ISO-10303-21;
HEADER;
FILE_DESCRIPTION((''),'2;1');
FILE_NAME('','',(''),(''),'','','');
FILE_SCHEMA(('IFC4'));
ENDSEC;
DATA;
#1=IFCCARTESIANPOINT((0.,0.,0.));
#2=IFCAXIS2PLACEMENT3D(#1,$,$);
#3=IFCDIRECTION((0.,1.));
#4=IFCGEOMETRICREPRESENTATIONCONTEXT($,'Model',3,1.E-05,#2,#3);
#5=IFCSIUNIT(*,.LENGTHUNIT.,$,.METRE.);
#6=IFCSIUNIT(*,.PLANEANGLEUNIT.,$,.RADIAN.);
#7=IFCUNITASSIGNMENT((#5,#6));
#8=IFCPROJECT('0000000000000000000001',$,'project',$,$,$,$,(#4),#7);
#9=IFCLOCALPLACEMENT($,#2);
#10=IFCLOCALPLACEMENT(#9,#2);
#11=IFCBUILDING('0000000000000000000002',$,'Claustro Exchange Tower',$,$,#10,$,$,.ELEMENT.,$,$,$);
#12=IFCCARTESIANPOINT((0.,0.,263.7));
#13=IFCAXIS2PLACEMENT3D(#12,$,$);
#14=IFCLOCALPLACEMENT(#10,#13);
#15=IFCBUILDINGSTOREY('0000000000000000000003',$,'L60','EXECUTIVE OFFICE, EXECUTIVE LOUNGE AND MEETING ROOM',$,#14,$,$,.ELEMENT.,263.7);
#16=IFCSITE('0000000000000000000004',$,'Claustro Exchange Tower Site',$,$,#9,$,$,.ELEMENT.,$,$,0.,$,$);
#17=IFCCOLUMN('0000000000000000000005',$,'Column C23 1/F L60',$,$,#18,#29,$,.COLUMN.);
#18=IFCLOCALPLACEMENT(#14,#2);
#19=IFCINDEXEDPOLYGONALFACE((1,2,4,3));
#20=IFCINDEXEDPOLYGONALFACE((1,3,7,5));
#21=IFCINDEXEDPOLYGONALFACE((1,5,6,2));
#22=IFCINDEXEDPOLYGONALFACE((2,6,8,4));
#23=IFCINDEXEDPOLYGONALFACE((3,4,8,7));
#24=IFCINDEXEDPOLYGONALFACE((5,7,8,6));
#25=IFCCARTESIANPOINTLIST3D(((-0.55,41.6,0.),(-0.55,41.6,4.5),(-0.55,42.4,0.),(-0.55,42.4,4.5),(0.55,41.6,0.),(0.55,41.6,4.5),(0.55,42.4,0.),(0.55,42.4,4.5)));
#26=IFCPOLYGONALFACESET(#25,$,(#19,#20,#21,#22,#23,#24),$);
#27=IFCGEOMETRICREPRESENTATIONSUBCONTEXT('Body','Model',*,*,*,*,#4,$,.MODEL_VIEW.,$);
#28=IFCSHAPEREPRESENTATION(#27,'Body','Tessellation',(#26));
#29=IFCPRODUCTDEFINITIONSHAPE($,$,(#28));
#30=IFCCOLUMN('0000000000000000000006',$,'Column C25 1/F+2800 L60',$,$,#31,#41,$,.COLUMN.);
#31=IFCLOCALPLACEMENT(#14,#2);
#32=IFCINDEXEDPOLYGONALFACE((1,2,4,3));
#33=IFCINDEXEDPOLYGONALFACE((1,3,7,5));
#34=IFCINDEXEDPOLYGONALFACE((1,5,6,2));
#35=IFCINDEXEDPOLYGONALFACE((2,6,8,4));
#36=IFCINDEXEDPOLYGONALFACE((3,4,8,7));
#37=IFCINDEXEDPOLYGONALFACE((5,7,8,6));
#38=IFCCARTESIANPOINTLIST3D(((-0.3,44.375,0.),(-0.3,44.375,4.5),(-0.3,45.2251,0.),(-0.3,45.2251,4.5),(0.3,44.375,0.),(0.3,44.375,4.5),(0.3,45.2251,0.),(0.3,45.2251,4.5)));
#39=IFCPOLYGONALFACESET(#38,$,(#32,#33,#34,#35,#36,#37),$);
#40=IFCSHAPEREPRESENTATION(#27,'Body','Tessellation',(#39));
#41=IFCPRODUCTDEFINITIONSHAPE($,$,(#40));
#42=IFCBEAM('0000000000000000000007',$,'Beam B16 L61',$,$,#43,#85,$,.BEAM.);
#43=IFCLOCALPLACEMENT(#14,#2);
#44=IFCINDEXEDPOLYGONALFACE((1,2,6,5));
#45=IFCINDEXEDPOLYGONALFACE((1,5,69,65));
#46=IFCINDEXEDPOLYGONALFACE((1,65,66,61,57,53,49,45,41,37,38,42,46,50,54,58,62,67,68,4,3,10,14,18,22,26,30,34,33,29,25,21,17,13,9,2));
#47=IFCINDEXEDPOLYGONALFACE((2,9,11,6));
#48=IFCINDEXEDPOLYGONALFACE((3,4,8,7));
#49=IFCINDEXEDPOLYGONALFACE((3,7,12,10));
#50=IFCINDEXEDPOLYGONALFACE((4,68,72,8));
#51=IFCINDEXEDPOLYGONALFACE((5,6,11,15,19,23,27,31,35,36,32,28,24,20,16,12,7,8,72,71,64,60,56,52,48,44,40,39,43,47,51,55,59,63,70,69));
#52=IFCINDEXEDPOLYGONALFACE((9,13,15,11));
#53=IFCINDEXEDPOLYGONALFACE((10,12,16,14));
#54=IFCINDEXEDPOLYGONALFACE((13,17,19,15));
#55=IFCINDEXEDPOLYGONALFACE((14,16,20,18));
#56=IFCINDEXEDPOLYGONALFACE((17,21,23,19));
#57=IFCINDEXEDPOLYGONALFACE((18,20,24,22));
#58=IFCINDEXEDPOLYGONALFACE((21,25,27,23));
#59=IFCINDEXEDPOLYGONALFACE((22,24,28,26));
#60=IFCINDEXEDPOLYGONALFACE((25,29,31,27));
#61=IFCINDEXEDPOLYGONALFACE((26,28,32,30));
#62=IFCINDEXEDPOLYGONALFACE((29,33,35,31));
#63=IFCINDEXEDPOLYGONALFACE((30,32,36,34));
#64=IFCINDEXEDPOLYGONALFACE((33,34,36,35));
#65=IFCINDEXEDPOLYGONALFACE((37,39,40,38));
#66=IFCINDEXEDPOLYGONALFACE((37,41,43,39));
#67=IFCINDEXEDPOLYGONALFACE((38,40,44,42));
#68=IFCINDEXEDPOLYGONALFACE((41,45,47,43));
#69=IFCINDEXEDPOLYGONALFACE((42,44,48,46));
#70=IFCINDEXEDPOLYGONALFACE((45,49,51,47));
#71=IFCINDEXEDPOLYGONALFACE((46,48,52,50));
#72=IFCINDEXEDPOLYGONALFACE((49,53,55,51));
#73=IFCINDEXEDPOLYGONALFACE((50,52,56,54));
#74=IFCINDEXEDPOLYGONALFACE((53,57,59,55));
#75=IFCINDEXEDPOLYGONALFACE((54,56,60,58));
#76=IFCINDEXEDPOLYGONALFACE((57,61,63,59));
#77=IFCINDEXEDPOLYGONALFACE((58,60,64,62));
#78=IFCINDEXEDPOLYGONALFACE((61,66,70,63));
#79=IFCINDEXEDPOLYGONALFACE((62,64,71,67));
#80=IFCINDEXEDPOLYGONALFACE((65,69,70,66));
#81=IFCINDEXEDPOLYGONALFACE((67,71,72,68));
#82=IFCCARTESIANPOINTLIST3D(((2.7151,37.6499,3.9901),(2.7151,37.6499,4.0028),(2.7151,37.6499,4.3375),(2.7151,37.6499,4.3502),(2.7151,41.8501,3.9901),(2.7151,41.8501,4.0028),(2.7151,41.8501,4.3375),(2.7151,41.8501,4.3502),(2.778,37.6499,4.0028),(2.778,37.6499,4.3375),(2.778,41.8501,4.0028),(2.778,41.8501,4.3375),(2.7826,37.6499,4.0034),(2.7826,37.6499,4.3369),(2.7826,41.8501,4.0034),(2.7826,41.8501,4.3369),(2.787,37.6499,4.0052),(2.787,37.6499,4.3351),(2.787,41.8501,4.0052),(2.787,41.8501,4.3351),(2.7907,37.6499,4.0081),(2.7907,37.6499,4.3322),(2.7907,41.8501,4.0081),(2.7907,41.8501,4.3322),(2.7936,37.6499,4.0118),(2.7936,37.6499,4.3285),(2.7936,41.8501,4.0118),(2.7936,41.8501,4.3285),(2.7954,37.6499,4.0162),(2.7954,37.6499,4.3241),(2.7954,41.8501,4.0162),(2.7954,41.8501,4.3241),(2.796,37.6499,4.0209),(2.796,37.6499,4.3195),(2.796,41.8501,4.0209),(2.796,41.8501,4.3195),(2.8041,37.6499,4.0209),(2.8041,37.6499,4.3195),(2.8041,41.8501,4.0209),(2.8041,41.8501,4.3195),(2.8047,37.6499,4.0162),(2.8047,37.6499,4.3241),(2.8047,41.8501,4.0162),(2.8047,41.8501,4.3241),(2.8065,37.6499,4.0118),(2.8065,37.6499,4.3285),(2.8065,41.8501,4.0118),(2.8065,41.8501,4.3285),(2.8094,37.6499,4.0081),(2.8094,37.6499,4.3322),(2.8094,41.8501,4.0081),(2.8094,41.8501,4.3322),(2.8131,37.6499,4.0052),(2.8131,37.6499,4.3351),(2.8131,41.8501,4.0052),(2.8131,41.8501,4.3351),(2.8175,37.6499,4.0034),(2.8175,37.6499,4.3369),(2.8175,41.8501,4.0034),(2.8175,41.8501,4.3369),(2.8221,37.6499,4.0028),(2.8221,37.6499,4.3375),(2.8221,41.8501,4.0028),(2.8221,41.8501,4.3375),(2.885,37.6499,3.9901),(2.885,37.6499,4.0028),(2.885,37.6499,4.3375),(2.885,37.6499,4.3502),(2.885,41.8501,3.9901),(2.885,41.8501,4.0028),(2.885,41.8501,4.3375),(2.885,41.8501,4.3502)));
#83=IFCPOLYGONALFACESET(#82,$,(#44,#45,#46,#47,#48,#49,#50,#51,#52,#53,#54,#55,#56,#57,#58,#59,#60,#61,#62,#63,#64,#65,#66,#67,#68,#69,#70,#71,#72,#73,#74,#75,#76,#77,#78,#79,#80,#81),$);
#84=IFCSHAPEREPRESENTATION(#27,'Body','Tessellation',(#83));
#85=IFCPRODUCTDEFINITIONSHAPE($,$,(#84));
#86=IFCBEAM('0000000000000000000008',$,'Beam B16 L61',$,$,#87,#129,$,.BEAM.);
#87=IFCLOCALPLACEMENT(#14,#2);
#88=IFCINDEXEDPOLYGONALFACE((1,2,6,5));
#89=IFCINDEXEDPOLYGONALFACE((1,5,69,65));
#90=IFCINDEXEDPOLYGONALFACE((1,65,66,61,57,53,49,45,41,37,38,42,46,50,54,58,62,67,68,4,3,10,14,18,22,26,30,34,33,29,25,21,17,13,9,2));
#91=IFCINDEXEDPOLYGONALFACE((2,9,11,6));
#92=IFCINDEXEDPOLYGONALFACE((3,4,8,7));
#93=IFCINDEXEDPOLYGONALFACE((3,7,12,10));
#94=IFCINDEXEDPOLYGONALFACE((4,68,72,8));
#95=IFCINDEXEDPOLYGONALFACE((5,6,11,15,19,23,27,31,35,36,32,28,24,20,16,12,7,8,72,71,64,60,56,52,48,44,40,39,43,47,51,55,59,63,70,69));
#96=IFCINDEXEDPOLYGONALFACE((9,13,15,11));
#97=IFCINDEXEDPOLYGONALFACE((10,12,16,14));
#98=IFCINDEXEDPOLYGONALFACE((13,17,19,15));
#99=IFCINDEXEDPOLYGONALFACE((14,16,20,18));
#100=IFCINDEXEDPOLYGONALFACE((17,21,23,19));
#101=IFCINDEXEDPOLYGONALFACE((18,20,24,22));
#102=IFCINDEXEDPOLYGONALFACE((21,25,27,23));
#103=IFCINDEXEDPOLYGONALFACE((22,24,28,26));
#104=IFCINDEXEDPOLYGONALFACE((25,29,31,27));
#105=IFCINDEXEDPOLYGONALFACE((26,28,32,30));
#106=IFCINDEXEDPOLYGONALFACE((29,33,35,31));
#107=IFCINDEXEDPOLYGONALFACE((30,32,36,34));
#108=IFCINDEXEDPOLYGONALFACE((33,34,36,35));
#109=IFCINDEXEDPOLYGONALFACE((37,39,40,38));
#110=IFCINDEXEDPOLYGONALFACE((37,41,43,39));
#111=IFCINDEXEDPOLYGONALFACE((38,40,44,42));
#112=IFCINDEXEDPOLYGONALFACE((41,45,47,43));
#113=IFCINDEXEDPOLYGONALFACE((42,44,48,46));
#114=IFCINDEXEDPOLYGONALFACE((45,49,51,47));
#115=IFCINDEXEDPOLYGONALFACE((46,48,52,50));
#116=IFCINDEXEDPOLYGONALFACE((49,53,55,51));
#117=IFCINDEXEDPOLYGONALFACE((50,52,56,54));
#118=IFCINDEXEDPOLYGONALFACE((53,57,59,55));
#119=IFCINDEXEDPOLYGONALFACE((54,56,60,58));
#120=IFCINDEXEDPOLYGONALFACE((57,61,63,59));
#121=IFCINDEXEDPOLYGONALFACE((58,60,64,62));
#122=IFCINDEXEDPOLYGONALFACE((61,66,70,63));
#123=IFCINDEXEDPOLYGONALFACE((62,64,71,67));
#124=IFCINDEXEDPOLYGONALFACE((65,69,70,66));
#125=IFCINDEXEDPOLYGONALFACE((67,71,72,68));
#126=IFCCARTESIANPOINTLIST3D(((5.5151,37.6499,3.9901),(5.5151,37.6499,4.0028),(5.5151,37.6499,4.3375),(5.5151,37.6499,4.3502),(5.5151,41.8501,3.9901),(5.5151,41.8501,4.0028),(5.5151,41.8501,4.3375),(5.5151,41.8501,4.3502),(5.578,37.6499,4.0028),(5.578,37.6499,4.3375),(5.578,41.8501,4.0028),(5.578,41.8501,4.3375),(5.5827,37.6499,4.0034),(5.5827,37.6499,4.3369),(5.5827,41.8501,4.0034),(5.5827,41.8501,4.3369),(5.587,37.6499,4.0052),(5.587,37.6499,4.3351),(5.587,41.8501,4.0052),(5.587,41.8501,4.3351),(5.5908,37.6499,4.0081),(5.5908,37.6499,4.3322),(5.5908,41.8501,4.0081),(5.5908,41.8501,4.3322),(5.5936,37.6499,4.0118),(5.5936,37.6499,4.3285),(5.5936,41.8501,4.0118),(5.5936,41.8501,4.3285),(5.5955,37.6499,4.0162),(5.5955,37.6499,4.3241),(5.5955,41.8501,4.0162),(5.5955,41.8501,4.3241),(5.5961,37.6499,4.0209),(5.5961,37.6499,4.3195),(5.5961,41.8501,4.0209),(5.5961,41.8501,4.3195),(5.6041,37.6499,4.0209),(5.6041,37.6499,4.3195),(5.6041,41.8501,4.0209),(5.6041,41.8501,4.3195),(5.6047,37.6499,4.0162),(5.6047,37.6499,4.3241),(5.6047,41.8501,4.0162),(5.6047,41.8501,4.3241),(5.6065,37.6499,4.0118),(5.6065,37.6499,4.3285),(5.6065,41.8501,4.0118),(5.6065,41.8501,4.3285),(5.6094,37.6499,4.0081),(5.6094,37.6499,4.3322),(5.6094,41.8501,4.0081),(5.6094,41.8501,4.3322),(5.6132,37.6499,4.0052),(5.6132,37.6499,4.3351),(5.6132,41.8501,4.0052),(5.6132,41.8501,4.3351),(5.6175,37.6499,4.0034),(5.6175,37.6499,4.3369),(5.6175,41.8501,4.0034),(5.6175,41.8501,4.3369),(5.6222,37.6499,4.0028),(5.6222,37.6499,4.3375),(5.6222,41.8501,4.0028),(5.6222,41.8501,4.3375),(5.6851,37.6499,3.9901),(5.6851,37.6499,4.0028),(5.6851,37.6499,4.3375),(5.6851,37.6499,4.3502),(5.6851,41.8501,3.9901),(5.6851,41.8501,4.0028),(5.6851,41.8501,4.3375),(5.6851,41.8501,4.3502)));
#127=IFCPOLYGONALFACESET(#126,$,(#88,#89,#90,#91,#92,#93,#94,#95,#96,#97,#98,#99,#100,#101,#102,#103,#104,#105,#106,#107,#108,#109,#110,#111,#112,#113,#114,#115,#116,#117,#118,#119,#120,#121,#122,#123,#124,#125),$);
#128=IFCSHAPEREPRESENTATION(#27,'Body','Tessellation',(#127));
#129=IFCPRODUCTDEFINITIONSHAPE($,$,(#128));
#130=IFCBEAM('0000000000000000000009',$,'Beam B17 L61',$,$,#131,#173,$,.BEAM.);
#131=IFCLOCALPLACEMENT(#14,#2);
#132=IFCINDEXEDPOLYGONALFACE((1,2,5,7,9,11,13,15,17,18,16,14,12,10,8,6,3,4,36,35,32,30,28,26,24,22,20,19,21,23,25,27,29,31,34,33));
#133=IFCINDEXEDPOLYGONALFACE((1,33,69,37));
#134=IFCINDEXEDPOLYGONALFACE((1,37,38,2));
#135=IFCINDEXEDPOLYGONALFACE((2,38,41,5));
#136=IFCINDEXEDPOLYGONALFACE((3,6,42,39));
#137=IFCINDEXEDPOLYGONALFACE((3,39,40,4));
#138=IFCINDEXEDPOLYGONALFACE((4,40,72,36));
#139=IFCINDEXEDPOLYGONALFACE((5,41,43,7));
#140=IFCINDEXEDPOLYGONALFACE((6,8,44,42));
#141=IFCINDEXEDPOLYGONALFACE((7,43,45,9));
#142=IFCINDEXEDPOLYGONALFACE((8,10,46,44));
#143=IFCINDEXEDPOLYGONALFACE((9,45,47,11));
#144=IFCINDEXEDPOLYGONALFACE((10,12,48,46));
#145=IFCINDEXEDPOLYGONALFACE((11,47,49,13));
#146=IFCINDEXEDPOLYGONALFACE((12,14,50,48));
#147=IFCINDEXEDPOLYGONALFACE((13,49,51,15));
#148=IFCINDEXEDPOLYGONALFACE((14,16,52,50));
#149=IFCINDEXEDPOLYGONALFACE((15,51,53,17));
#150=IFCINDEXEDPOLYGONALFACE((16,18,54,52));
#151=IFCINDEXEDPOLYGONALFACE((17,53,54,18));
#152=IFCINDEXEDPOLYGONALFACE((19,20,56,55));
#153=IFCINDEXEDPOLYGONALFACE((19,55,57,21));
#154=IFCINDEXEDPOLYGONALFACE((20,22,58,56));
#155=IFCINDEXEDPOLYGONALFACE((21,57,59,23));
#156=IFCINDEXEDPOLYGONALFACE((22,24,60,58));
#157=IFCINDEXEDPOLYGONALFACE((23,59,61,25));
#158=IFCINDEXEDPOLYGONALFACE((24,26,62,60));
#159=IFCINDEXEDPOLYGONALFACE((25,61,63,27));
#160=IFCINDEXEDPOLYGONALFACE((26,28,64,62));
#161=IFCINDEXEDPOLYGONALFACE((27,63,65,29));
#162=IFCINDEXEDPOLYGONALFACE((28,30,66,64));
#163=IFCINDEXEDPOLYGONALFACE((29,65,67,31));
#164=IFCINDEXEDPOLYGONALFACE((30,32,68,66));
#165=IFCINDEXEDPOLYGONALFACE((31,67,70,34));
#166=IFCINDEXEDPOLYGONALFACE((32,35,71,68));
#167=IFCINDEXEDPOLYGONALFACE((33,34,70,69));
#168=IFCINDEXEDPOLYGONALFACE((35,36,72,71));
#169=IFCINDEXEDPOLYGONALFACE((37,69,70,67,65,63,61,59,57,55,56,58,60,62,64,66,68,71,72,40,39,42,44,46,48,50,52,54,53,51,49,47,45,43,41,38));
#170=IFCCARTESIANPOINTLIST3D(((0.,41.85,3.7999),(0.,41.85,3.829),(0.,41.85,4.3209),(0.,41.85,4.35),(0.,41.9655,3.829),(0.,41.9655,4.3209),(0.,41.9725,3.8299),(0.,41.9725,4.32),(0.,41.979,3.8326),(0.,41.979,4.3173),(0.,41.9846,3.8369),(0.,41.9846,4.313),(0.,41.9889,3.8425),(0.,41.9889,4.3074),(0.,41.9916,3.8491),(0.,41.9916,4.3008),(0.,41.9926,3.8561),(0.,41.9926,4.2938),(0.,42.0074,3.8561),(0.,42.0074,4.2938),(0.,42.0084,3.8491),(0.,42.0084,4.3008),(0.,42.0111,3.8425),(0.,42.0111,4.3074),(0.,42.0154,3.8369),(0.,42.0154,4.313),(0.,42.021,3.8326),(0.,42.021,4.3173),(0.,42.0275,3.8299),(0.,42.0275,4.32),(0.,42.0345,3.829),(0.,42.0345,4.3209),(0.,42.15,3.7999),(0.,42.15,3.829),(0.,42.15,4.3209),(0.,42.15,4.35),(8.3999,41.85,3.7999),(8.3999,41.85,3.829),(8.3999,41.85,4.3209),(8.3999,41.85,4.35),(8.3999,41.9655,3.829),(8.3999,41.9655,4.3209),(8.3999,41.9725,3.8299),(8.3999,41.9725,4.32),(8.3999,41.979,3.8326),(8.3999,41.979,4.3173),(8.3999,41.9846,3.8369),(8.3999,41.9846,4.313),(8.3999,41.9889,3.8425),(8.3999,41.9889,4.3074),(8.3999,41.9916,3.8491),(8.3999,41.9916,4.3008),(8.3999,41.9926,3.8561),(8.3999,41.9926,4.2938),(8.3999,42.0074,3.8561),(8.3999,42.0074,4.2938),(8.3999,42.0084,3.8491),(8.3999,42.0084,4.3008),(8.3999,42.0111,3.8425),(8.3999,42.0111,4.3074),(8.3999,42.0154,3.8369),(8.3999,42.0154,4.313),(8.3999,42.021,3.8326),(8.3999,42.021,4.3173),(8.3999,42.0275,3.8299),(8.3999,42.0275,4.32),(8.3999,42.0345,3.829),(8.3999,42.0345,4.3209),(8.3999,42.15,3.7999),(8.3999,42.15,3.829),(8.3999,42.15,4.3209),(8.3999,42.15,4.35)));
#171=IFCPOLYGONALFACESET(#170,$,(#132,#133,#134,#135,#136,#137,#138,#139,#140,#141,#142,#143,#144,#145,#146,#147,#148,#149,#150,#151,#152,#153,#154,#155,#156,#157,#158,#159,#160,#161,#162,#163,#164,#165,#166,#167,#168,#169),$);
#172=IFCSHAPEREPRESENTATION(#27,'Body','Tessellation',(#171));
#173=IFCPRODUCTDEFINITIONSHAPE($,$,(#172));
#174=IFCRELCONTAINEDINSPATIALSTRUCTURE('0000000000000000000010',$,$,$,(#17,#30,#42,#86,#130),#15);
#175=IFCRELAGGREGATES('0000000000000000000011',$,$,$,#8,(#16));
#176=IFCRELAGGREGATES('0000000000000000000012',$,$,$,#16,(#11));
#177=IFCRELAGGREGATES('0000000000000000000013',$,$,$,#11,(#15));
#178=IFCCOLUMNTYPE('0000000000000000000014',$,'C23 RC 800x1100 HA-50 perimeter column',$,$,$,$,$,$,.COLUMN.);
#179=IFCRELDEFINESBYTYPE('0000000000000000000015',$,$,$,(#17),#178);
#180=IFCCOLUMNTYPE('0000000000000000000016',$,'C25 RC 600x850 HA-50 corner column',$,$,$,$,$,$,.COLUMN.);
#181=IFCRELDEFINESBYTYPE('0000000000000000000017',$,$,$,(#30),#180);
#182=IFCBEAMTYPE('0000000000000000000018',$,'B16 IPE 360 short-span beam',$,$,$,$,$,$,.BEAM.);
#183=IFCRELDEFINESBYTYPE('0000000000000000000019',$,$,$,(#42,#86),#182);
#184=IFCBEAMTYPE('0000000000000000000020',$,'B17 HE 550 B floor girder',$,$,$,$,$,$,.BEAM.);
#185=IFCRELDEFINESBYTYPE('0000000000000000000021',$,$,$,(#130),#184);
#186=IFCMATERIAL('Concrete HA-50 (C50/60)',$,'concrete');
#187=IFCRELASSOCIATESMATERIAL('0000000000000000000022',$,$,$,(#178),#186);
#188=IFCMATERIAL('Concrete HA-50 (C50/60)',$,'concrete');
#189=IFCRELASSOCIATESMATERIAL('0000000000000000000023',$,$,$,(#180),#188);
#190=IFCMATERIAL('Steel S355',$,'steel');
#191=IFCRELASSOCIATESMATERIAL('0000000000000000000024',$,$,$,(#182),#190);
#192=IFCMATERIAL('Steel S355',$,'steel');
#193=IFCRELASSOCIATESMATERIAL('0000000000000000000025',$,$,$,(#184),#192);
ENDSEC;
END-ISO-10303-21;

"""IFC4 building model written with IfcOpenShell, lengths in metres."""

from ifc_helpers import new_model, si_unit, direction, frame, origin, origin_2d, place, context, subcontext, project, spatial, rectangle, i_section, extrude, material, material_profile, profile_set, type_object, element, save


model = new_model("IFC4")

# Units and contexts
model_context = context("Model", 3, precision=1e-05, world=origin(), true_north=direction((0.0, 1.0)))
body_context = subcontext(model_context, "Body", "Model", "MODEL_VIEW")
ifc_project = project(units=[si_unit("LENGTHUNIT", "METRE"), si_unit("PLANEANGLEUNIT", "RADIAN")], contexts=[model_context])

# Site, building, storey
site_placement = place(None, origin())
site = spatial("IfcSite", under=ifc_project, at=site_placement, Name="Claustro Exchange Tower Site", CompositionType="ELEMENT", RefElevation=0.0)
building_placement = place(site_placement, origin())
building = spatial("IfcBuilding", under=site, at=building_placement, Name="Claustro Exchange Tower", CompositionType="ELEMENT")
storey_placement = place(building_placement, frame((0.0, 0.0, 263.7)))
storey = spatial("IfcBuildingStorey", under=building, at=storey_placement, Name="L60", Description="EXECUTIVE OFFICE, EXECUTIVE LOUNGE AND MEETING ROOM", CompositionType="ELEMENT", Elevation=263.7)

# Columns
ifc_material_1 = material(Name="Concrete HA-50 (C50/60)", Category="concrete")
ifc_material_profile_1 = material_profile(ifc_material_1, rectangle(XDim=0.8, YDim=1.1001, at=origin_2d()), Name="RC 800x1100")
ifc_profile_set_1 = profile_set([ifc_material_profile_1], Name="Concrete HA-50 (C50/60)")
column_type_1 = type_object("IfcColumnType", Name="C23 RC 800x1100 HA-50 perimeter column", PredefinedType="COLUMN", material=ifc_profile_set_1)
column_1_placement = place(storey_placement, frame((0.0, 42.0, 0.0), z_axis=(0.0, 0.0, 1.0), x_axis=(0.0, 1.0, 0.0)))
element("IfcColumn", 1, at=column_1_placement, inside=storey, type_object=column_type_1, Name="Column C23 1/F L60", PredefinedType="COLUMN", context=body_context, shape_type="SweptSolid", body=[
    extrude(rectangle(XDim=0.8, YDim=1.1001, at=origin_2d()), origin(), (0.0, 0.0, 1.0), 4.5),
])
ifc_material_2 = material(Name="Concrete HA-50 (C50/60)", Category="concrete")
ifc_material_profile_2 = material_profile(ifc_material_2, rectangle(XDim=0.6001, YDim=0.8501, at=origin_2d()), Name="RC 600x850")
ifc_profile_set_2 = profile_set([ifc_material_profile_2], Name="Concrete HA-50 (C50/60)")
column_type_2 = type_object("IfcColumnType", Name="C25 RC 600x850 HA-50 corner column", PredefinedType="COLUMN", material=ifc_profile_set_2)
column_2_placement = place(storey_placement, frame((0.0, 44.8, 0.0), z_axis=(0.0, 0.0, 1.0), x_axis=(1.0, 0.0, 0.0)))
element("IfcColumn", 2, at=column_2_placement, inside=storey, type_object=column_type_2, Name="Column C25 1/F+2800 L60", PredefinedType="COLUMN", context=body_context, shape_type="SweptSolid", body=[
    extrude(rectangle(XDim=0.6001, YDim=0.8501, at=origin_2d()), origin(), (0.0, 0.0, 1.0), 4.5),
])

# Beams
ifc_material_3 = material(Name="Steel S355", Category="steel")
ifc_material_profile_3 = material_profile(ifc_material_3, i_section(OverallWidth=0.1699, OverallDepth=0.3601, WebThickness=0.0081, FlangeThickness=0.0127, FilletRadius=0.0181, at=origin_2d()), Name="IPE 360")
ifc_profile_set_3 = profile_set([ifc_material_profile_3], Name="Steel S355")
beam_type_1 = type_object("IfcBeamType", Name="B16 IPE 360 short-span beam", PredefinedType="BEAM", material=ifc_profile_set_3)
for number, where, z_axis, x_axis, name in (
    (3, (2.8, 37.6499, 4.1702), (0.0, 1.0, 0.0), (-1.0, 0.0, 0.0), "Beam B16 L61"),
    (4, (5.6001, 37.6499, 4.1702), (0.0, 1.0, 0.0), (-1.0, 0.0, 0.0), "Beam B16 L61"),
):
    element("IfcBeam", number, at=place(storey_placement, frame(where, z_axis=z_axis, x_axis=x_axis)), inside=storey, type_object=beam_type_1, Name=name, PredefinedType="BEAM", context=body_context, shape_type="SweptSolid", body=[
        extrude(i_section(OverallWidth=0.1699, OverallDepth=0.3601, WebThickness=0.0081, FlangeThickness=0.0127, FilletRadius=0.0181, at=origin_2d()), origin(), (0.0, 0.0, 1.0), 4.2002),
    ])
ifc_material_4 = material(Name="Steel S355", Category="steel")
ifc_material_profile_4 = material_profile(ifc_material_4, i_section(OverallWidth=0.3, OverallDepth=0.55, WebThickness=0.0149, FlangeThickness=0.0291, FilletRadius=0.0271, at=origin_2d()), Name="HE 550 B")
ifc_profile_set_4 = profile_set([ifc_material_profile_4], Name="Steel S355")
beam_type_2 = type_object("IfcBeamType", Name="B17 HE 550 B floor girder", PredefinedType="BEAM", material=ifc_profile_set_4)
beam_1_placement = place(storey_placement, frame((0.0, 42.0, 4.075), z_axis=(1.0, 0.0, 0.0), x_axis=(0.0, 1.0, 0.0)))
element("IfcBeam", 5, at=beam_1_placement, inside=storey, type_object=beam_type_2, Name="Beam B17 L61", PredefinedType="BEAM", context=body_context, shape_type="SweptSolid", body=[
    extrude(i_section(OverallWidth=0.3, OverallDepth=0.55, WebThickness=0.0149, FlangeThickness=0.0291, FilletRadius=0.0271, at=origin_2d()), origin(), (0.0, 0.0, 1.0), 8.3999),
])

save(model, "model.ifc")
